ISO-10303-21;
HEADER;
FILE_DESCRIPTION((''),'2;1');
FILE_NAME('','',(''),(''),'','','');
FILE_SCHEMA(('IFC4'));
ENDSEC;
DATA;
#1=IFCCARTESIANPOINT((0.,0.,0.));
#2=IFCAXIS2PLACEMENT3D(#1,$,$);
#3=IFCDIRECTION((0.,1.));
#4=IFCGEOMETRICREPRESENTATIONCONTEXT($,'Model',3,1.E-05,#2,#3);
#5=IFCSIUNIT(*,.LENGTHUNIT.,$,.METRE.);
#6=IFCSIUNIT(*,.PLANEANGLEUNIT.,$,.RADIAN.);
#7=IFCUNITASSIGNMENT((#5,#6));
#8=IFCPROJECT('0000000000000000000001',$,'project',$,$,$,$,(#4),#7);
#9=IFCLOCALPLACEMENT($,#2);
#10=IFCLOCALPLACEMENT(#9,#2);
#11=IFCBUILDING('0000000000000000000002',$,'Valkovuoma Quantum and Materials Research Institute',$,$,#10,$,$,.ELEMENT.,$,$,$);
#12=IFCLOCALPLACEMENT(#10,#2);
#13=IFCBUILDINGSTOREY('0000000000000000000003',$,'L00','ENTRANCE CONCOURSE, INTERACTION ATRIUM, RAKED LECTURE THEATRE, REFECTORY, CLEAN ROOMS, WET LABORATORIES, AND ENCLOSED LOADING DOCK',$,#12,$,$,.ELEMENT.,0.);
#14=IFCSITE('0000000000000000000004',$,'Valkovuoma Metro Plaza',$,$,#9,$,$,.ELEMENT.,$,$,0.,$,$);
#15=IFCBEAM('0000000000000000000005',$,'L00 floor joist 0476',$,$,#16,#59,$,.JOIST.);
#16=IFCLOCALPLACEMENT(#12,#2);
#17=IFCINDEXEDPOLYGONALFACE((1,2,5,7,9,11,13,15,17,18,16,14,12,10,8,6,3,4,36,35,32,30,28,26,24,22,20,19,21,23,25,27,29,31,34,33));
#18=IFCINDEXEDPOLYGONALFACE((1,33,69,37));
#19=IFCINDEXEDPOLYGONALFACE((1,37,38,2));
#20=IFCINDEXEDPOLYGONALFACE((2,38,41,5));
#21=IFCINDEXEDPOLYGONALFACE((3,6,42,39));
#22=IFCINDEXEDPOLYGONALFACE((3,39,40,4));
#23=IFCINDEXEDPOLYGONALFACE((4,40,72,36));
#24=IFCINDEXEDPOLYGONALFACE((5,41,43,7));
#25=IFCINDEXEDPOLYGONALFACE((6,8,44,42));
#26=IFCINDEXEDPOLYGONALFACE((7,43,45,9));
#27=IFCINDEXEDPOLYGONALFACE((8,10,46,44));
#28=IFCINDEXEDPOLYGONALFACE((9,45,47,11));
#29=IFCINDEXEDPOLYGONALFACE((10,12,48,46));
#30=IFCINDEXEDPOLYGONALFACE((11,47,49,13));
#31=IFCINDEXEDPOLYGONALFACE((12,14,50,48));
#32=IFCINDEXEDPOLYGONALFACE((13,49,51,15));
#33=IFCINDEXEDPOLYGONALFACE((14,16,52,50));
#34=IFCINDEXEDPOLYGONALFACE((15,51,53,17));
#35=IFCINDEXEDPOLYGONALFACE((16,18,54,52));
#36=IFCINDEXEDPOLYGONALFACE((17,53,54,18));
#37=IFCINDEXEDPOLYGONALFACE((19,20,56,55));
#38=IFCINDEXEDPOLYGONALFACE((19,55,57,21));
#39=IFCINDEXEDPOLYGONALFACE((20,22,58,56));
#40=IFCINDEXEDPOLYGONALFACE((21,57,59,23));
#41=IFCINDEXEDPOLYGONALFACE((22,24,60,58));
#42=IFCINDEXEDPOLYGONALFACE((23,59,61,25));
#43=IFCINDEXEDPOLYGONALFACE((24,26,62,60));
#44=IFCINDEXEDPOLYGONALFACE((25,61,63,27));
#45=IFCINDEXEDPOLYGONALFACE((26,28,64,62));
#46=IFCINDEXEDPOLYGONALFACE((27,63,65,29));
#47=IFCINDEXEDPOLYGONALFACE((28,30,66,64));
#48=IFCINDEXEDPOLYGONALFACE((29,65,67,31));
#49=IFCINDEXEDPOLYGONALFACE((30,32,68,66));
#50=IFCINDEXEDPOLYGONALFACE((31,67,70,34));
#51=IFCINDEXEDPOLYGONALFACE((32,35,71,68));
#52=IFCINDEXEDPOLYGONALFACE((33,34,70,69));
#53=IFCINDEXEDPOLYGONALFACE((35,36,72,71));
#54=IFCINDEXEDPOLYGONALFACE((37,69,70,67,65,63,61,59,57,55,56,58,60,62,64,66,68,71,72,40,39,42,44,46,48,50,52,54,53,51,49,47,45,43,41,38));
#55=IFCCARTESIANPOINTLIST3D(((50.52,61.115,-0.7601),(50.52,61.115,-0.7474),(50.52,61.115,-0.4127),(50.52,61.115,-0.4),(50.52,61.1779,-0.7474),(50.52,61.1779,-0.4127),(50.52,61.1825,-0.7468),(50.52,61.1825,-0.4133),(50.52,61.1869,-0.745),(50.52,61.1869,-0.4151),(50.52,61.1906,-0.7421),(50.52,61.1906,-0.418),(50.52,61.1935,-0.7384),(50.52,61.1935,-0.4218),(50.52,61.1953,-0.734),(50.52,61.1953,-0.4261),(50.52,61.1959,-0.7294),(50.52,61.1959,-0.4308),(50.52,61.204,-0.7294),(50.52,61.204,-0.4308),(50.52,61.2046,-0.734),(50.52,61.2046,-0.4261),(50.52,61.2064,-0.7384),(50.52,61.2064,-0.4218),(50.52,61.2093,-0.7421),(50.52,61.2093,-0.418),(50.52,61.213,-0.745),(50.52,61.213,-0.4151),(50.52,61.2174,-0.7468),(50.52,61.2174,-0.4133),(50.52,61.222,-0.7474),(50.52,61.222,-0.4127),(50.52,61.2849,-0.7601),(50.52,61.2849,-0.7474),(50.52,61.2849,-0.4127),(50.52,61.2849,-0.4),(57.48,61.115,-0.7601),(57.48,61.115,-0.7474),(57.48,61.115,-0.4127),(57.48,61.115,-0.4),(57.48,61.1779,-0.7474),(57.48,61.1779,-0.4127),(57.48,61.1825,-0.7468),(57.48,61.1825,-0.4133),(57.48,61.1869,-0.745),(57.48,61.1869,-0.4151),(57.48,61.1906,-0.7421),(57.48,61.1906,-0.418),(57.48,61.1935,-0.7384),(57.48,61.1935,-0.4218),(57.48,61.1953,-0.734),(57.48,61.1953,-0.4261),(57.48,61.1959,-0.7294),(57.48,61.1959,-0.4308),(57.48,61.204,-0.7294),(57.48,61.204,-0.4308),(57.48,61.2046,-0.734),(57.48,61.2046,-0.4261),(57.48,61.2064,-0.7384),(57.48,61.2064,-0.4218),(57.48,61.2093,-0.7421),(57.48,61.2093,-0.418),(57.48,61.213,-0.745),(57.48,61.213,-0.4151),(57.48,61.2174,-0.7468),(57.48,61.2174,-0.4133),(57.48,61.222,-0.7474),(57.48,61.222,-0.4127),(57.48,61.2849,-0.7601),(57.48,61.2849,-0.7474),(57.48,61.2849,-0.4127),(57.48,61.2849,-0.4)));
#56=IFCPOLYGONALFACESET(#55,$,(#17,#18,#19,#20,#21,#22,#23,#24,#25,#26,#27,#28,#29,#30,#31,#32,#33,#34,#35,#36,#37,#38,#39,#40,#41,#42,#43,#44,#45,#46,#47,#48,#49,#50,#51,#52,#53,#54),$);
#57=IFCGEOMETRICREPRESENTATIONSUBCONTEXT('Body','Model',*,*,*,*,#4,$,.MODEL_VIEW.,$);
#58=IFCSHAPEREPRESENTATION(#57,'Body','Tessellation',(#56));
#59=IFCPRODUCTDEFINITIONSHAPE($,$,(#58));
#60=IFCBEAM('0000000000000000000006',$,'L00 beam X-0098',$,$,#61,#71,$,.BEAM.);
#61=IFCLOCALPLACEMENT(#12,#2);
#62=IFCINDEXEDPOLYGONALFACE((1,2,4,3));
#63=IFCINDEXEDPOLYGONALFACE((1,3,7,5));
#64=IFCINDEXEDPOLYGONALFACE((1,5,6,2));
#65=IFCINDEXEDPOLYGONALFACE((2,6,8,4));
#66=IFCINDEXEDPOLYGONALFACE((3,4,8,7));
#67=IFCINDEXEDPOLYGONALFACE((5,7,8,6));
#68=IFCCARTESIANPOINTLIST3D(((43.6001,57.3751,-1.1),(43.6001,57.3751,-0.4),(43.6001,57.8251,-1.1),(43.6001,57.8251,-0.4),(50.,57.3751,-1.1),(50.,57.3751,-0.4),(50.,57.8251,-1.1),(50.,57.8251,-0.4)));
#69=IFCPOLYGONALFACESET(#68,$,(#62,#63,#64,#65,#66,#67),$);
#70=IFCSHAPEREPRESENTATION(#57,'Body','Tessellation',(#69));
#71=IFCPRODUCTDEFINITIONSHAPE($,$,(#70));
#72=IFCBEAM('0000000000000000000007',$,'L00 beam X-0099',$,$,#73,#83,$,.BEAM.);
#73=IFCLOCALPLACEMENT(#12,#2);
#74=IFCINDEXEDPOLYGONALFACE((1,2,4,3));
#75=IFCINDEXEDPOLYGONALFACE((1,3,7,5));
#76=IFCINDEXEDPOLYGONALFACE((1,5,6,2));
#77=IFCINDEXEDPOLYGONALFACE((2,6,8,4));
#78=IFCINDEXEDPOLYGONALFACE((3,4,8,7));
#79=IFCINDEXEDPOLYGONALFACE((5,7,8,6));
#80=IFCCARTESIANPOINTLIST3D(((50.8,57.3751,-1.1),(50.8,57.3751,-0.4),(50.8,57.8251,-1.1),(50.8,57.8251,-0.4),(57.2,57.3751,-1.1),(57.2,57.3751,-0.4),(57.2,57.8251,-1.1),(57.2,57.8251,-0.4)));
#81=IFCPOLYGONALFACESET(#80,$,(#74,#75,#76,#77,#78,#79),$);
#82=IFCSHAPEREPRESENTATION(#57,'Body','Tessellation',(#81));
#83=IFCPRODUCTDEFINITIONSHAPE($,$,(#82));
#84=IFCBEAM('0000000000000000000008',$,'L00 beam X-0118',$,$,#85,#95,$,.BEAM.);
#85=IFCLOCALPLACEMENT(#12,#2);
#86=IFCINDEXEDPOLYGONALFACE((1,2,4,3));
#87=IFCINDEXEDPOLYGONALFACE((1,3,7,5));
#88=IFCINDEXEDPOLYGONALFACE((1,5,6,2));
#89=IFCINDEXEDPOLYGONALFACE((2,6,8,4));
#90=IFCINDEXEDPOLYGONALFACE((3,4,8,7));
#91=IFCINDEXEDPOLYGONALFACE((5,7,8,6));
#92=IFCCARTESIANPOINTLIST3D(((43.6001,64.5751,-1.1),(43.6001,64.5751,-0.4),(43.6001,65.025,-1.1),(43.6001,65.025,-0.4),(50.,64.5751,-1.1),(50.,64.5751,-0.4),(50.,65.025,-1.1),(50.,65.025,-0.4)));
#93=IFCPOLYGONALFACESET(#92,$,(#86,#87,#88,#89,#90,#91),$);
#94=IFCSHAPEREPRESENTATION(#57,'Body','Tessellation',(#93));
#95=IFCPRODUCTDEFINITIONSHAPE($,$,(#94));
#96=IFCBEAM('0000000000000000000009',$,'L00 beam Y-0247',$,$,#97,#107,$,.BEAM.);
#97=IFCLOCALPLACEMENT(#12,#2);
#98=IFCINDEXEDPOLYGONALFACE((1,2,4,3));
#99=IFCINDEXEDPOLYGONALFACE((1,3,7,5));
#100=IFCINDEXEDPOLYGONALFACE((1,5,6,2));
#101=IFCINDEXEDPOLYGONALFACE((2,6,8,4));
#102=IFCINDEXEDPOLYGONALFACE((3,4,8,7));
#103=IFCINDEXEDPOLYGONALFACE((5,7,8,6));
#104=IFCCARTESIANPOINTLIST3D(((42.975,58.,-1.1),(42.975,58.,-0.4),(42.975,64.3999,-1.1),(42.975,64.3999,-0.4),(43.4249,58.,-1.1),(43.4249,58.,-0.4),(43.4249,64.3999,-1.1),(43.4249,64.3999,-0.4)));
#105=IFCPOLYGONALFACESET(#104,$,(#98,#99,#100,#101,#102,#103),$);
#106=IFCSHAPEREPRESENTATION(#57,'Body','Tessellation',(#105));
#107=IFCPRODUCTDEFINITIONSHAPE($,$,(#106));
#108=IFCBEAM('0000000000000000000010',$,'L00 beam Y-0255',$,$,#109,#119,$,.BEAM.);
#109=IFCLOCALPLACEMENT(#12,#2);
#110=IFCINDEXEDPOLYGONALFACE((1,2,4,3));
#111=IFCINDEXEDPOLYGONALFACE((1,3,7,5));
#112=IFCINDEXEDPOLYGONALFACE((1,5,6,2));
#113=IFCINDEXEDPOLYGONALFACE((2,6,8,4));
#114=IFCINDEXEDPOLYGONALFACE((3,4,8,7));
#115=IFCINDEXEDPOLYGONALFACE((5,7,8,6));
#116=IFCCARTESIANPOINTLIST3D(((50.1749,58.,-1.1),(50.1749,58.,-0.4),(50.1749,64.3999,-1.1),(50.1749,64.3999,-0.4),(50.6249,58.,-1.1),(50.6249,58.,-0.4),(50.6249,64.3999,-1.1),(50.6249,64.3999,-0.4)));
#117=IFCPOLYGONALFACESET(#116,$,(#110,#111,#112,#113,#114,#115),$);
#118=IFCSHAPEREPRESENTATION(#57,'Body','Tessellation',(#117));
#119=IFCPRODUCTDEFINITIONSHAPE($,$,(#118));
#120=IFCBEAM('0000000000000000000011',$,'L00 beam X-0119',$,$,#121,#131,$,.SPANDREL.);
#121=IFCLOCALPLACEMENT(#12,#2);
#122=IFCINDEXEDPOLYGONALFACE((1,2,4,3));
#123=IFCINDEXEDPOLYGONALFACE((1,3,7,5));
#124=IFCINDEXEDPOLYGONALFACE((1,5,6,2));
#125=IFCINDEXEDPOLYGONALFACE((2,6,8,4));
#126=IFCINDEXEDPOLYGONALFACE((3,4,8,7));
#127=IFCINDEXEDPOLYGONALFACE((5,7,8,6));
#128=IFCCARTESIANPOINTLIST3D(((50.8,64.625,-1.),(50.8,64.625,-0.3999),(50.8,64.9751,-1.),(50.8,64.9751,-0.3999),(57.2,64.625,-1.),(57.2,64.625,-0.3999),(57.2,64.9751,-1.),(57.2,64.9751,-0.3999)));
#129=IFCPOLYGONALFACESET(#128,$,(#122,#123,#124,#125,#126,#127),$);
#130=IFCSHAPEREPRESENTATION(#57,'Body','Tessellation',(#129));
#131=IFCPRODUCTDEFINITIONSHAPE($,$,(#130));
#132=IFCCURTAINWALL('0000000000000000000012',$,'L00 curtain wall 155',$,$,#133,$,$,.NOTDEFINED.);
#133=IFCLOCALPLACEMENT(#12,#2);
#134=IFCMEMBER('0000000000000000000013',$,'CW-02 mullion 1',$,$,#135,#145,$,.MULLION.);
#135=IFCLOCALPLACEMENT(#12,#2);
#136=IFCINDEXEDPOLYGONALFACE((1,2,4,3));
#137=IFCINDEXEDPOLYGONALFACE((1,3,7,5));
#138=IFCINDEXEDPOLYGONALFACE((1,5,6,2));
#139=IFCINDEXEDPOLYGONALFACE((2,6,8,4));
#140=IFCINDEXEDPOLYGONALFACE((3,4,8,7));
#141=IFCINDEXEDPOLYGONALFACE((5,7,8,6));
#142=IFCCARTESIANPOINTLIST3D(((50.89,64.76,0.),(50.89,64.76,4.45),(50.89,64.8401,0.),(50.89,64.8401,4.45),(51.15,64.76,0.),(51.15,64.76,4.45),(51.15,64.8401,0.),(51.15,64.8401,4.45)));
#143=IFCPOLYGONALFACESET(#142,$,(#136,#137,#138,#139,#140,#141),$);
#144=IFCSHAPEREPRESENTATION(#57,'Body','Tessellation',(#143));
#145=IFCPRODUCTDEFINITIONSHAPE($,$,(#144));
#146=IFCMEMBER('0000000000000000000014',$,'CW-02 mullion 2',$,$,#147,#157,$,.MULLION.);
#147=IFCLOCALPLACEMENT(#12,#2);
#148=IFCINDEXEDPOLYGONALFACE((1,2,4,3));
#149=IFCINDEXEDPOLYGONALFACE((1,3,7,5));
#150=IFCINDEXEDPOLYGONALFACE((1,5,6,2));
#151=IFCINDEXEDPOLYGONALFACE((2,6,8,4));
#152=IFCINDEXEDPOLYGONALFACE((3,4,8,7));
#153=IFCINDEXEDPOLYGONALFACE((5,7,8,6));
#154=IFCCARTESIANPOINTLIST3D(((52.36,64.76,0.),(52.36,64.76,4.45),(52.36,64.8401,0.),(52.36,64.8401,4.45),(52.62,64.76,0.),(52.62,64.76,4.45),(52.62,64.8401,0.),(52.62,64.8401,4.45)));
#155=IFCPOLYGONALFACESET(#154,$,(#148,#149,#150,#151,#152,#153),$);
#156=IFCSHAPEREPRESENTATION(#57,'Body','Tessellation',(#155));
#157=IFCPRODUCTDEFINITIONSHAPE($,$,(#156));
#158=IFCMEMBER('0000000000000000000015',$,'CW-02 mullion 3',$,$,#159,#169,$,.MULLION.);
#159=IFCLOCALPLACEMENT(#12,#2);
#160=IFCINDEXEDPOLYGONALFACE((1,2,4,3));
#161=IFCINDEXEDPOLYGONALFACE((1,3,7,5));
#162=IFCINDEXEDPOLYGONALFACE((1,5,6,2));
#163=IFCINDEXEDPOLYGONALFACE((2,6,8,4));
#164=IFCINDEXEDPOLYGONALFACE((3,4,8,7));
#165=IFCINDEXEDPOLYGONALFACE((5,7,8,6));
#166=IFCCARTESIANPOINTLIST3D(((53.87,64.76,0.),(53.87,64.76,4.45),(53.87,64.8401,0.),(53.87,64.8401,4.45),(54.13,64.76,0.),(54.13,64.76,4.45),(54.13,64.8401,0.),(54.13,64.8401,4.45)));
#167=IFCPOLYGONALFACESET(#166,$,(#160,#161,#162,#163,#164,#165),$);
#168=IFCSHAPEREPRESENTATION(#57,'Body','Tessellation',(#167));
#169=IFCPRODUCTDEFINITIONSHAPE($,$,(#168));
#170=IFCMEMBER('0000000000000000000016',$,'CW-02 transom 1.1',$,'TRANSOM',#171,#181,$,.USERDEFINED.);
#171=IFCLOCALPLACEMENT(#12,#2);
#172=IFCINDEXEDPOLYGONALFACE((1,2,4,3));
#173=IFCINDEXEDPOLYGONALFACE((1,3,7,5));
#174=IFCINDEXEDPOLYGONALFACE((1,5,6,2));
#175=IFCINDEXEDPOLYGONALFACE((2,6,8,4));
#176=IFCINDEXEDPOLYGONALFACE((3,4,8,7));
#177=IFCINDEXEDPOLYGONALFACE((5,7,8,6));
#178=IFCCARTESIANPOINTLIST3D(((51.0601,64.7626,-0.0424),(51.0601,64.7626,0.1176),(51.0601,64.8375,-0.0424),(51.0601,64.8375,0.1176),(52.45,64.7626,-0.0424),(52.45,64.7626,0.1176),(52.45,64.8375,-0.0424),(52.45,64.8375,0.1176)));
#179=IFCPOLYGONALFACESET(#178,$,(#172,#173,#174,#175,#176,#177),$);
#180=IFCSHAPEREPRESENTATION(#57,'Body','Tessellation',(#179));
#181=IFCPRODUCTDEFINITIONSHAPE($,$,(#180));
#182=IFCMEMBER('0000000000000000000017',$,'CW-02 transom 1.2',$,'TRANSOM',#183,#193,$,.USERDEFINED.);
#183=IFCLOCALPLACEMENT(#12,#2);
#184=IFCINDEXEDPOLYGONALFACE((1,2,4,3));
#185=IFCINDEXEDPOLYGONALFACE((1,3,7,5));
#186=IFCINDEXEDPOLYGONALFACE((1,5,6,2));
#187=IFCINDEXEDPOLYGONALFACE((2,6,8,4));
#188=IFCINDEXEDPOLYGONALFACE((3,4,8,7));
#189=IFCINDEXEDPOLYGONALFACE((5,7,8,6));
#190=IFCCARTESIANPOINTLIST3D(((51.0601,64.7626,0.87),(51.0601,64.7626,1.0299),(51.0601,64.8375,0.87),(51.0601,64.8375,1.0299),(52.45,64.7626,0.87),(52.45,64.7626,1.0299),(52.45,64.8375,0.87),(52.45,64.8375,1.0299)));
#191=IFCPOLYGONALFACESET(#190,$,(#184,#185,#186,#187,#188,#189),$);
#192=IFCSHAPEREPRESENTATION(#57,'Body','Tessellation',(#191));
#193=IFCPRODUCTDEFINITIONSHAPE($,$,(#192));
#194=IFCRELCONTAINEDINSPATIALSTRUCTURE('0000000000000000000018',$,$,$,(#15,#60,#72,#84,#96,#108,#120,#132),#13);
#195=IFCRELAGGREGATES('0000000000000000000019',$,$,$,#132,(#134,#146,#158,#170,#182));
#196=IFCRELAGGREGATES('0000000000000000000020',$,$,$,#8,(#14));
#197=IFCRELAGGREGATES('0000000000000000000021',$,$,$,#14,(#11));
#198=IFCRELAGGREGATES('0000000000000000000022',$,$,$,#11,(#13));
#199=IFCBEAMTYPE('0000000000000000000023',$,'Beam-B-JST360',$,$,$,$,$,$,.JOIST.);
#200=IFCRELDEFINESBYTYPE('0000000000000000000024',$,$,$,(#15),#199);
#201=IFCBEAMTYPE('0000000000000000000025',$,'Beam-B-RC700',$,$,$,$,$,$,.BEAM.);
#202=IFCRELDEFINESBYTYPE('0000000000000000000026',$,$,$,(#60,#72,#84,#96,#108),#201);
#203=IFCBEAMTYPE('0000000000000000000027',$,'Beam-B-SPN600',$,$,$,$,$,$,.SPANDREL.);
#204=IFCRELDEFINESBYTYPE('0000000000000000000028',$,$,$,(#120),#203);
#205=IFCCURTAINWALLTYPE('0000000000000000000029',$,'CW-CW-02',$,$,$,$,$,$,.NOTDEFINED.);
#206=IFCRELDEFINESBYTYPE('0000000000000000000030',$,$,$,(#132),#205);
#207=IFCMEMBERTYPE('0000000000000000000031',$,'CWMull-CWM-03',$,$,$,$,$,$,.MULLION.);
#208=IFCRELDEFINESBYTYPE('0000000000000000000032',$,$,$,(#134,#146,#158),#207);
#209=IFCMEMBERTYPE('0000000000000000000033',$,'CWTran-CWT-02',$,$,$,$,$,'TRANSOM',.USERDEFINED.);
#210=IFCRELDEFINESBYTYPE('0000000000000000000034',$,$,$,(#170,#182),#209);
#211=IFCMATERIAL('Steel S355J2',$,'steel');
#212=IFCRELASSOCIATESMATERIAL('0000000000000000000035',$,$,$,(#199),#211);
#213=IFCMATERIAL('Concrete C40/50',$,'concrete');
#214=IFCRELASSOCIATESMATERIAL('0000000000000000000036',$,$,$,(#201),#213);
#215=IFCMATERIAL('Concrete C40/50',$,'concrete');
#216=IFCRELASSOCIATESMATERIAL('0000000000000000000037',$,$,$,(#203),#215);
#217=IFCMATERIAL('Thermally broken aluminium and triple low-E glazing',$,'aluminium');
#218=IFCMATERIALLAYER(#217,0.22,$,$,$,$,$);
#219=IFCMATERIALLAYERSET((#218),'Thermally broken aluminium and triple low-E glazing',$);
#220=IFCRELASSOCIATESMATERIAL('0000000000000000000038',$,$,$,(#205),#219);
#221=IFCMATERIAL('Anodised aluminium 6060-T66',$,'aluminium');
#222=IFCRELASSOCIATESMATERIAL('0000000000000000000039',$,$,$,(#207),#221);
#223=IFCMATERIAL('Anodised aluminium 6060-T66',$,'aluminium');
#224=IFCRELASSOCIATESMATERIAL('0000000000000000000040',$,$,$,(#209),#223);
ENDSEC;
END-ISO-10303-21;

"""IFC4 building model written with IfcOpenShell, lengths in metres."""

from ifc_helpers import new_model, si_unit, direction, frame, origin, origin_2d, place, context, subcontext, project, spatial, rectangle, i_section, extrude, material, layer, layer_set, material_profile, profile_set, type_object, element, aggregate, save


model = new_model("IFC4")

# Units and contexts
model_context = context("Model", 3, precision=1e-05, world=origin(), true_north=direction((0.0, 1.0)))
body_context = subcontext(model_context, "Body", "Model", "MODEL_VIEW")
ifc_project = project(units=[si_unit("LENGTHUNIT", "METRE"), si_unit("PLANEANGLEUNIT", "RADIAN")], contexts=[model_context])

# Site, building, storey
site_placement = place(None, origin())
site = spatial("IfcSite", under=ifc_project, at=site_placement, Name="Valkovuoma Metro Plaza", CompositionType="ELEMENT", RefElevation=0.0)
building_placement = place(site_placement, origin())
building = spatial("IfcBuilding", under=site, at=building_placement, Name="Valkovuoma Quantum and Materials Research Institute", CompositionType="ELEMENT")
storey_placement = place(building_placement, origin())
storey = spatial("IfcBuildingStorey", under=building, at=storey_placement, Name="L00", Description="ENTRANCE CONCOURSE, INTERACTION ATRIUM, RAKED LECTURE THEATRE, REFECTORY, CLEAN ROOMS, WET LABORATORIES, AND ENCLOSED LOADING DOCK", CompositionType="ELEMENT", Elevation=0.0)

# Beams
ifc_material_1 = material(Name="Steel S355J2", Category="steel")
ifc_material_profile_1 = material_profile(ifc_material_1, i_section(OverallWidth=0.1699, OverallDepth=0.3601, WebThickness=0.0081, FlangeThickness=0.0127, FilletRadius=0.0181, at=origin_2d()), Name="Steel S355J2")
ifc_profile_set_1 = profile_set([ifc_material_profile_1], Name="Steel S355J2")
beam_type_1 = type_object("IfcBeamType", Name="Beam-B-JST360", PredefinedType="JOIST", material=ifc_profile_set_1)
for number, where, z_axis, x_axis, name in (
    (1, (50.52, 61.2, -0.5801), (1.0, 0.0, 0.0), (0.0, 1.0, 0.0), "L00 floor joist 0476"),
):
    element("IfcBeam", number, at=place(storey_placement, frame(where, z_axis=z_axis, x_axis=x_axis)), inside=storey, type_object=beam_type_1, Name=name, PredefinedType="JOIST", context=body_context, shape_type="SweptSolid", body=[
        extrude(i_section(OverallWidth=0.1699, OverallDepth=0.3601, WebThickness=0.0081, FlangeThickness=0.0127, FilletRadius=0.0181, at=origin_2d()), origin(), (0.0, 0.0, 1.0), 6.96),
    ])
ifc_material_2 = material(Name="Concrete C40/50", Category="concrete")
ifc_material_profile_2 = material_profile(ifc_material_2, rectangle(XDim=0.45, YDim=0.7, at=origin_2d()), Name="Concrete C40/50")
ifc_profile_set_2 = profile_set([ifc_material_profile_2], Name="Concrete C40/50")
beam_type_2 = type_object("IfcBeamType", Name="Beam-B-RC700", PredefinedType="BEAM", material=ifc_profile_set_2)
for number, where, z_axis, x_axis, name in (
    (2, (43.6001, 57.6001, -0.75), (1.0, 0.0, 0.0), (0.0, 1.0, 0.0), "L00 beam X-0098"),
    (3, (50.8, 57.6001, -0.75), (1.0, 0.0, 0.0), (0.0, 1.0, 0.0), "L00 beam X-0099"),
    (4, (43.6001, 64.8, -0.75), (1.0, 0.0, 0.0), (0.0, 1.0, 0.0), "L00 beam X-0118"),
    (5, (43.2, 58.0, -0.75), (0.0, 1.0, 0.0), (-1.0, 0.0, 0.0), "L00 beam Y-0247"),
    (6, (50.3999, 58.0, -0.75), (0.0, 1.0, 0.0), (-1.0, 0.0, 0.0), "L00 beam Y-0255"),
):
    element("IfcBeam", number, at=place(storey_placement, frame(where, z_axis=z_axis, x_axis=x_axis)), inside=storey, type_object=beam_type_2, Name=name, PredefinedType="BEAM", context=body_context, shape_type="SweptSolid", body=[
        extrude(rectangle(XDim=0.45, YDim=0.7, at=origin_2d()), origin(), (0.0, 0.0, 1.0), 6.3999),
    ])
ifc_material_3 = material(Name="Concrete C40/50", Category="concrete")
ifc_material_profile_3 = material_profile(ifc_material_3, rectangle(XDim=0.3501, YDim=0.6001, at=origin_2d()), Name="Concrete C40/50")
ifc_profile_set_3 = profile_set([ifc_material_profile_3], Name="Concrete C40/50")
beam_type_3 = type_object("IfcBeamType", Name="Beam-B-SPN600", PredefinedType="SPANDREL", material=ifc_profile_set_3)
beam_placement = place(storey_placement, frame((50.8, 64.8, -0.7), z_axis=(1.0, 0.0, 0.0), x_axis=(0.0, 1.0, 0.0)))
element("IfcBeam", 7, at=beam_placement, inside=storey, type_object=beam_type_3, Name="L00 beam X-0119", PredefinedType="SPANDREL", context=body_context, shape_type="SweptSolid", body=[
    extrude(rectangle(XDim=0.3501, YDim=0.6001, at=origin_2d()), origin(), (0.0, 0.0, 1.0), 6.3999),
])

# Curtain wall, members
ifc_material_4 = material(Name="Thermally broken aluminium and triple low-E glazing", Category="aluminium")
ifc_layer_1 = layer(ifc_material_4, 0.22)
ifc_layer_set_1 = layer_set([ifc_layer_1], Name="Thermally broken aluminium and triple low-E glazing")
curtain_wall_type = type_object("IfcCurtainWallType", Name="CW-CW-02", PredefinedType="NOTDEFINED", material=ifc_layer_set_1)
curtain_wall_placement = place(storey_placement, origin())
curtain_wall = element("IfcCurtainWall", 8, at=curtain_wall_placement, inside=storey, type_object=curtain_wall_type, Name="L00 curtain wall 155", PredefinedType="NOTDEFINED")
ifc_material_5 = material(Name="Anodised aluminium 6060-T66", Category="aluminium")
ifc_material_profile_4 = material_profile(ifc_material_5, rectangle(XDim=0.0801, YDim=0.26, at=origin_2d()), Name="Anodised aluminium 6060-T66")
ifc_profile_set_4 = profile_set([ifc_material_profile_4], Name="Anodised aluminium 6060-T66")
member_type_1 = type_object("IfcMemberType", Name="CWMull-CWM-03", PredefinedType="MULLION", material=ifc_profile_set_4)
member_1_placement = place(storey_placement, frame((51.02, 64.8, 0.0), z_axis=(0.0, 0.0, 1.0), x_axis=(0.0, 1.0, 0.0)))
member_1 = element("IfcMember", 9, at=member_1_placement, type_object=member_type_1, Name="CW-02 mullion 1", PredefinedType="MULLION", context=body_context, shape_type="SweptSolid", body=[
    extrude(rectangle(XDim=0.0801, YDim=0.26, at=origin_2d()), origin(), (0.0, 0.0, 1.0), 4.45),
])
member_2_placement = place(storey_placement, frame((52.49, 64.8, 0.0), z_axis=(0.0, 0.0, 1.0), x_axis=(0.0, 1.0, 0.0)))
member_2 = element("IfcMember", 10, at=member_2_placement, type_object=member_type_1, Name="CW-02 mullion 2", PredefinedType="MULLION", context=body_context, shape_type="SweptSolid", body=[
    extrude(rectangle(XDim=0.0801, YDim=0.26, at=origin_2d()), origin(), (0.0, 0.0, 1.0), 4.45),
])
member_3_placement = place(storey_placement, frame((54.0, 64.8, 0.0), z_axis=(0.0, 0.0, 1.0), x_axis=(0.0, 1.0, 0.0)))
member_3 = element("IfcMember", 11, at=member_3_placement, type_object=member_type_1, Name="CW-02 mullion 3", PredefinedType="MULLION", context=body_context, shape_type="SweptSolid", body=[
    extrude(rectangle(XDim=0.0801, YDim=0.26, at=origin_2d()), origin(), (0.0, 0.0, 1.0), 4.45),
])
ifc_material_6 = material(Name="Anodised aluminium 6060-T66", Category="aluminium")
ifc_material_profile_5 = material_profile(ifc_material_6, rectangle(XDim=0.075, YDim=0.1599, at=origin_2d()), Name="Anodised aluminium 6060-T66")
ifc_profile_set_5 = profile_set([ifc_material_profile_5], Name="Anodised aluminium 6060-T66")
member_type_2 = type_object("IfcMemberType", Name="CWTran-CWT-02", ElementType="TRANSOM", PredefinedType="USERDEFINED", material=ifc_profile_set_5)
member_4_placement = place(storey_placement, frame((51.0601, 64.8, 0.0376), z_axis=(1.0, 0.0, 0.0), x_axis=(0.0, 1.0, 0.0)))
member_4 = element("IfcMember", 12, at=member_4_placement, type_object=member_type_2, Name="CW-02 transom 1.1", ObjectType="TRANSOM", PredefinedType="USERDEFINED", context=body_context, shape_type="SweptSolid", body=[
    extrude(rectangle(XDim=0.075, YDim=0.1599, at=origin_2d()), origin(), (0.0, 0.0, 1.0), 1.3899),
])
member_5_placement = place(storey_placement, frame((51.0601, 64.8, 0.95), z_axis=(1.0, 0.0, 0.0), x_axis=(0.0, 1.0, 0.0)))
member_5 = element("IfcMember", 13, at=member_5_placement, type_object=member_type_2, Name="CW-02 transom 1.2", ObjectType="TRANSOM", PredefinedType="USERDEFINED", context=body_context, shape_type="SweptSolid", body=[
    extrude(rectangle(XDim=0.075, YDim=0.1599, at=origin_2d()), origin(), (0.0, 0.0, 1.0), 1.3899),
])
aggregate(curtain_wall, [member_1, member_2, member_3, member_4, member_5])

save(model, "model.ifc")
